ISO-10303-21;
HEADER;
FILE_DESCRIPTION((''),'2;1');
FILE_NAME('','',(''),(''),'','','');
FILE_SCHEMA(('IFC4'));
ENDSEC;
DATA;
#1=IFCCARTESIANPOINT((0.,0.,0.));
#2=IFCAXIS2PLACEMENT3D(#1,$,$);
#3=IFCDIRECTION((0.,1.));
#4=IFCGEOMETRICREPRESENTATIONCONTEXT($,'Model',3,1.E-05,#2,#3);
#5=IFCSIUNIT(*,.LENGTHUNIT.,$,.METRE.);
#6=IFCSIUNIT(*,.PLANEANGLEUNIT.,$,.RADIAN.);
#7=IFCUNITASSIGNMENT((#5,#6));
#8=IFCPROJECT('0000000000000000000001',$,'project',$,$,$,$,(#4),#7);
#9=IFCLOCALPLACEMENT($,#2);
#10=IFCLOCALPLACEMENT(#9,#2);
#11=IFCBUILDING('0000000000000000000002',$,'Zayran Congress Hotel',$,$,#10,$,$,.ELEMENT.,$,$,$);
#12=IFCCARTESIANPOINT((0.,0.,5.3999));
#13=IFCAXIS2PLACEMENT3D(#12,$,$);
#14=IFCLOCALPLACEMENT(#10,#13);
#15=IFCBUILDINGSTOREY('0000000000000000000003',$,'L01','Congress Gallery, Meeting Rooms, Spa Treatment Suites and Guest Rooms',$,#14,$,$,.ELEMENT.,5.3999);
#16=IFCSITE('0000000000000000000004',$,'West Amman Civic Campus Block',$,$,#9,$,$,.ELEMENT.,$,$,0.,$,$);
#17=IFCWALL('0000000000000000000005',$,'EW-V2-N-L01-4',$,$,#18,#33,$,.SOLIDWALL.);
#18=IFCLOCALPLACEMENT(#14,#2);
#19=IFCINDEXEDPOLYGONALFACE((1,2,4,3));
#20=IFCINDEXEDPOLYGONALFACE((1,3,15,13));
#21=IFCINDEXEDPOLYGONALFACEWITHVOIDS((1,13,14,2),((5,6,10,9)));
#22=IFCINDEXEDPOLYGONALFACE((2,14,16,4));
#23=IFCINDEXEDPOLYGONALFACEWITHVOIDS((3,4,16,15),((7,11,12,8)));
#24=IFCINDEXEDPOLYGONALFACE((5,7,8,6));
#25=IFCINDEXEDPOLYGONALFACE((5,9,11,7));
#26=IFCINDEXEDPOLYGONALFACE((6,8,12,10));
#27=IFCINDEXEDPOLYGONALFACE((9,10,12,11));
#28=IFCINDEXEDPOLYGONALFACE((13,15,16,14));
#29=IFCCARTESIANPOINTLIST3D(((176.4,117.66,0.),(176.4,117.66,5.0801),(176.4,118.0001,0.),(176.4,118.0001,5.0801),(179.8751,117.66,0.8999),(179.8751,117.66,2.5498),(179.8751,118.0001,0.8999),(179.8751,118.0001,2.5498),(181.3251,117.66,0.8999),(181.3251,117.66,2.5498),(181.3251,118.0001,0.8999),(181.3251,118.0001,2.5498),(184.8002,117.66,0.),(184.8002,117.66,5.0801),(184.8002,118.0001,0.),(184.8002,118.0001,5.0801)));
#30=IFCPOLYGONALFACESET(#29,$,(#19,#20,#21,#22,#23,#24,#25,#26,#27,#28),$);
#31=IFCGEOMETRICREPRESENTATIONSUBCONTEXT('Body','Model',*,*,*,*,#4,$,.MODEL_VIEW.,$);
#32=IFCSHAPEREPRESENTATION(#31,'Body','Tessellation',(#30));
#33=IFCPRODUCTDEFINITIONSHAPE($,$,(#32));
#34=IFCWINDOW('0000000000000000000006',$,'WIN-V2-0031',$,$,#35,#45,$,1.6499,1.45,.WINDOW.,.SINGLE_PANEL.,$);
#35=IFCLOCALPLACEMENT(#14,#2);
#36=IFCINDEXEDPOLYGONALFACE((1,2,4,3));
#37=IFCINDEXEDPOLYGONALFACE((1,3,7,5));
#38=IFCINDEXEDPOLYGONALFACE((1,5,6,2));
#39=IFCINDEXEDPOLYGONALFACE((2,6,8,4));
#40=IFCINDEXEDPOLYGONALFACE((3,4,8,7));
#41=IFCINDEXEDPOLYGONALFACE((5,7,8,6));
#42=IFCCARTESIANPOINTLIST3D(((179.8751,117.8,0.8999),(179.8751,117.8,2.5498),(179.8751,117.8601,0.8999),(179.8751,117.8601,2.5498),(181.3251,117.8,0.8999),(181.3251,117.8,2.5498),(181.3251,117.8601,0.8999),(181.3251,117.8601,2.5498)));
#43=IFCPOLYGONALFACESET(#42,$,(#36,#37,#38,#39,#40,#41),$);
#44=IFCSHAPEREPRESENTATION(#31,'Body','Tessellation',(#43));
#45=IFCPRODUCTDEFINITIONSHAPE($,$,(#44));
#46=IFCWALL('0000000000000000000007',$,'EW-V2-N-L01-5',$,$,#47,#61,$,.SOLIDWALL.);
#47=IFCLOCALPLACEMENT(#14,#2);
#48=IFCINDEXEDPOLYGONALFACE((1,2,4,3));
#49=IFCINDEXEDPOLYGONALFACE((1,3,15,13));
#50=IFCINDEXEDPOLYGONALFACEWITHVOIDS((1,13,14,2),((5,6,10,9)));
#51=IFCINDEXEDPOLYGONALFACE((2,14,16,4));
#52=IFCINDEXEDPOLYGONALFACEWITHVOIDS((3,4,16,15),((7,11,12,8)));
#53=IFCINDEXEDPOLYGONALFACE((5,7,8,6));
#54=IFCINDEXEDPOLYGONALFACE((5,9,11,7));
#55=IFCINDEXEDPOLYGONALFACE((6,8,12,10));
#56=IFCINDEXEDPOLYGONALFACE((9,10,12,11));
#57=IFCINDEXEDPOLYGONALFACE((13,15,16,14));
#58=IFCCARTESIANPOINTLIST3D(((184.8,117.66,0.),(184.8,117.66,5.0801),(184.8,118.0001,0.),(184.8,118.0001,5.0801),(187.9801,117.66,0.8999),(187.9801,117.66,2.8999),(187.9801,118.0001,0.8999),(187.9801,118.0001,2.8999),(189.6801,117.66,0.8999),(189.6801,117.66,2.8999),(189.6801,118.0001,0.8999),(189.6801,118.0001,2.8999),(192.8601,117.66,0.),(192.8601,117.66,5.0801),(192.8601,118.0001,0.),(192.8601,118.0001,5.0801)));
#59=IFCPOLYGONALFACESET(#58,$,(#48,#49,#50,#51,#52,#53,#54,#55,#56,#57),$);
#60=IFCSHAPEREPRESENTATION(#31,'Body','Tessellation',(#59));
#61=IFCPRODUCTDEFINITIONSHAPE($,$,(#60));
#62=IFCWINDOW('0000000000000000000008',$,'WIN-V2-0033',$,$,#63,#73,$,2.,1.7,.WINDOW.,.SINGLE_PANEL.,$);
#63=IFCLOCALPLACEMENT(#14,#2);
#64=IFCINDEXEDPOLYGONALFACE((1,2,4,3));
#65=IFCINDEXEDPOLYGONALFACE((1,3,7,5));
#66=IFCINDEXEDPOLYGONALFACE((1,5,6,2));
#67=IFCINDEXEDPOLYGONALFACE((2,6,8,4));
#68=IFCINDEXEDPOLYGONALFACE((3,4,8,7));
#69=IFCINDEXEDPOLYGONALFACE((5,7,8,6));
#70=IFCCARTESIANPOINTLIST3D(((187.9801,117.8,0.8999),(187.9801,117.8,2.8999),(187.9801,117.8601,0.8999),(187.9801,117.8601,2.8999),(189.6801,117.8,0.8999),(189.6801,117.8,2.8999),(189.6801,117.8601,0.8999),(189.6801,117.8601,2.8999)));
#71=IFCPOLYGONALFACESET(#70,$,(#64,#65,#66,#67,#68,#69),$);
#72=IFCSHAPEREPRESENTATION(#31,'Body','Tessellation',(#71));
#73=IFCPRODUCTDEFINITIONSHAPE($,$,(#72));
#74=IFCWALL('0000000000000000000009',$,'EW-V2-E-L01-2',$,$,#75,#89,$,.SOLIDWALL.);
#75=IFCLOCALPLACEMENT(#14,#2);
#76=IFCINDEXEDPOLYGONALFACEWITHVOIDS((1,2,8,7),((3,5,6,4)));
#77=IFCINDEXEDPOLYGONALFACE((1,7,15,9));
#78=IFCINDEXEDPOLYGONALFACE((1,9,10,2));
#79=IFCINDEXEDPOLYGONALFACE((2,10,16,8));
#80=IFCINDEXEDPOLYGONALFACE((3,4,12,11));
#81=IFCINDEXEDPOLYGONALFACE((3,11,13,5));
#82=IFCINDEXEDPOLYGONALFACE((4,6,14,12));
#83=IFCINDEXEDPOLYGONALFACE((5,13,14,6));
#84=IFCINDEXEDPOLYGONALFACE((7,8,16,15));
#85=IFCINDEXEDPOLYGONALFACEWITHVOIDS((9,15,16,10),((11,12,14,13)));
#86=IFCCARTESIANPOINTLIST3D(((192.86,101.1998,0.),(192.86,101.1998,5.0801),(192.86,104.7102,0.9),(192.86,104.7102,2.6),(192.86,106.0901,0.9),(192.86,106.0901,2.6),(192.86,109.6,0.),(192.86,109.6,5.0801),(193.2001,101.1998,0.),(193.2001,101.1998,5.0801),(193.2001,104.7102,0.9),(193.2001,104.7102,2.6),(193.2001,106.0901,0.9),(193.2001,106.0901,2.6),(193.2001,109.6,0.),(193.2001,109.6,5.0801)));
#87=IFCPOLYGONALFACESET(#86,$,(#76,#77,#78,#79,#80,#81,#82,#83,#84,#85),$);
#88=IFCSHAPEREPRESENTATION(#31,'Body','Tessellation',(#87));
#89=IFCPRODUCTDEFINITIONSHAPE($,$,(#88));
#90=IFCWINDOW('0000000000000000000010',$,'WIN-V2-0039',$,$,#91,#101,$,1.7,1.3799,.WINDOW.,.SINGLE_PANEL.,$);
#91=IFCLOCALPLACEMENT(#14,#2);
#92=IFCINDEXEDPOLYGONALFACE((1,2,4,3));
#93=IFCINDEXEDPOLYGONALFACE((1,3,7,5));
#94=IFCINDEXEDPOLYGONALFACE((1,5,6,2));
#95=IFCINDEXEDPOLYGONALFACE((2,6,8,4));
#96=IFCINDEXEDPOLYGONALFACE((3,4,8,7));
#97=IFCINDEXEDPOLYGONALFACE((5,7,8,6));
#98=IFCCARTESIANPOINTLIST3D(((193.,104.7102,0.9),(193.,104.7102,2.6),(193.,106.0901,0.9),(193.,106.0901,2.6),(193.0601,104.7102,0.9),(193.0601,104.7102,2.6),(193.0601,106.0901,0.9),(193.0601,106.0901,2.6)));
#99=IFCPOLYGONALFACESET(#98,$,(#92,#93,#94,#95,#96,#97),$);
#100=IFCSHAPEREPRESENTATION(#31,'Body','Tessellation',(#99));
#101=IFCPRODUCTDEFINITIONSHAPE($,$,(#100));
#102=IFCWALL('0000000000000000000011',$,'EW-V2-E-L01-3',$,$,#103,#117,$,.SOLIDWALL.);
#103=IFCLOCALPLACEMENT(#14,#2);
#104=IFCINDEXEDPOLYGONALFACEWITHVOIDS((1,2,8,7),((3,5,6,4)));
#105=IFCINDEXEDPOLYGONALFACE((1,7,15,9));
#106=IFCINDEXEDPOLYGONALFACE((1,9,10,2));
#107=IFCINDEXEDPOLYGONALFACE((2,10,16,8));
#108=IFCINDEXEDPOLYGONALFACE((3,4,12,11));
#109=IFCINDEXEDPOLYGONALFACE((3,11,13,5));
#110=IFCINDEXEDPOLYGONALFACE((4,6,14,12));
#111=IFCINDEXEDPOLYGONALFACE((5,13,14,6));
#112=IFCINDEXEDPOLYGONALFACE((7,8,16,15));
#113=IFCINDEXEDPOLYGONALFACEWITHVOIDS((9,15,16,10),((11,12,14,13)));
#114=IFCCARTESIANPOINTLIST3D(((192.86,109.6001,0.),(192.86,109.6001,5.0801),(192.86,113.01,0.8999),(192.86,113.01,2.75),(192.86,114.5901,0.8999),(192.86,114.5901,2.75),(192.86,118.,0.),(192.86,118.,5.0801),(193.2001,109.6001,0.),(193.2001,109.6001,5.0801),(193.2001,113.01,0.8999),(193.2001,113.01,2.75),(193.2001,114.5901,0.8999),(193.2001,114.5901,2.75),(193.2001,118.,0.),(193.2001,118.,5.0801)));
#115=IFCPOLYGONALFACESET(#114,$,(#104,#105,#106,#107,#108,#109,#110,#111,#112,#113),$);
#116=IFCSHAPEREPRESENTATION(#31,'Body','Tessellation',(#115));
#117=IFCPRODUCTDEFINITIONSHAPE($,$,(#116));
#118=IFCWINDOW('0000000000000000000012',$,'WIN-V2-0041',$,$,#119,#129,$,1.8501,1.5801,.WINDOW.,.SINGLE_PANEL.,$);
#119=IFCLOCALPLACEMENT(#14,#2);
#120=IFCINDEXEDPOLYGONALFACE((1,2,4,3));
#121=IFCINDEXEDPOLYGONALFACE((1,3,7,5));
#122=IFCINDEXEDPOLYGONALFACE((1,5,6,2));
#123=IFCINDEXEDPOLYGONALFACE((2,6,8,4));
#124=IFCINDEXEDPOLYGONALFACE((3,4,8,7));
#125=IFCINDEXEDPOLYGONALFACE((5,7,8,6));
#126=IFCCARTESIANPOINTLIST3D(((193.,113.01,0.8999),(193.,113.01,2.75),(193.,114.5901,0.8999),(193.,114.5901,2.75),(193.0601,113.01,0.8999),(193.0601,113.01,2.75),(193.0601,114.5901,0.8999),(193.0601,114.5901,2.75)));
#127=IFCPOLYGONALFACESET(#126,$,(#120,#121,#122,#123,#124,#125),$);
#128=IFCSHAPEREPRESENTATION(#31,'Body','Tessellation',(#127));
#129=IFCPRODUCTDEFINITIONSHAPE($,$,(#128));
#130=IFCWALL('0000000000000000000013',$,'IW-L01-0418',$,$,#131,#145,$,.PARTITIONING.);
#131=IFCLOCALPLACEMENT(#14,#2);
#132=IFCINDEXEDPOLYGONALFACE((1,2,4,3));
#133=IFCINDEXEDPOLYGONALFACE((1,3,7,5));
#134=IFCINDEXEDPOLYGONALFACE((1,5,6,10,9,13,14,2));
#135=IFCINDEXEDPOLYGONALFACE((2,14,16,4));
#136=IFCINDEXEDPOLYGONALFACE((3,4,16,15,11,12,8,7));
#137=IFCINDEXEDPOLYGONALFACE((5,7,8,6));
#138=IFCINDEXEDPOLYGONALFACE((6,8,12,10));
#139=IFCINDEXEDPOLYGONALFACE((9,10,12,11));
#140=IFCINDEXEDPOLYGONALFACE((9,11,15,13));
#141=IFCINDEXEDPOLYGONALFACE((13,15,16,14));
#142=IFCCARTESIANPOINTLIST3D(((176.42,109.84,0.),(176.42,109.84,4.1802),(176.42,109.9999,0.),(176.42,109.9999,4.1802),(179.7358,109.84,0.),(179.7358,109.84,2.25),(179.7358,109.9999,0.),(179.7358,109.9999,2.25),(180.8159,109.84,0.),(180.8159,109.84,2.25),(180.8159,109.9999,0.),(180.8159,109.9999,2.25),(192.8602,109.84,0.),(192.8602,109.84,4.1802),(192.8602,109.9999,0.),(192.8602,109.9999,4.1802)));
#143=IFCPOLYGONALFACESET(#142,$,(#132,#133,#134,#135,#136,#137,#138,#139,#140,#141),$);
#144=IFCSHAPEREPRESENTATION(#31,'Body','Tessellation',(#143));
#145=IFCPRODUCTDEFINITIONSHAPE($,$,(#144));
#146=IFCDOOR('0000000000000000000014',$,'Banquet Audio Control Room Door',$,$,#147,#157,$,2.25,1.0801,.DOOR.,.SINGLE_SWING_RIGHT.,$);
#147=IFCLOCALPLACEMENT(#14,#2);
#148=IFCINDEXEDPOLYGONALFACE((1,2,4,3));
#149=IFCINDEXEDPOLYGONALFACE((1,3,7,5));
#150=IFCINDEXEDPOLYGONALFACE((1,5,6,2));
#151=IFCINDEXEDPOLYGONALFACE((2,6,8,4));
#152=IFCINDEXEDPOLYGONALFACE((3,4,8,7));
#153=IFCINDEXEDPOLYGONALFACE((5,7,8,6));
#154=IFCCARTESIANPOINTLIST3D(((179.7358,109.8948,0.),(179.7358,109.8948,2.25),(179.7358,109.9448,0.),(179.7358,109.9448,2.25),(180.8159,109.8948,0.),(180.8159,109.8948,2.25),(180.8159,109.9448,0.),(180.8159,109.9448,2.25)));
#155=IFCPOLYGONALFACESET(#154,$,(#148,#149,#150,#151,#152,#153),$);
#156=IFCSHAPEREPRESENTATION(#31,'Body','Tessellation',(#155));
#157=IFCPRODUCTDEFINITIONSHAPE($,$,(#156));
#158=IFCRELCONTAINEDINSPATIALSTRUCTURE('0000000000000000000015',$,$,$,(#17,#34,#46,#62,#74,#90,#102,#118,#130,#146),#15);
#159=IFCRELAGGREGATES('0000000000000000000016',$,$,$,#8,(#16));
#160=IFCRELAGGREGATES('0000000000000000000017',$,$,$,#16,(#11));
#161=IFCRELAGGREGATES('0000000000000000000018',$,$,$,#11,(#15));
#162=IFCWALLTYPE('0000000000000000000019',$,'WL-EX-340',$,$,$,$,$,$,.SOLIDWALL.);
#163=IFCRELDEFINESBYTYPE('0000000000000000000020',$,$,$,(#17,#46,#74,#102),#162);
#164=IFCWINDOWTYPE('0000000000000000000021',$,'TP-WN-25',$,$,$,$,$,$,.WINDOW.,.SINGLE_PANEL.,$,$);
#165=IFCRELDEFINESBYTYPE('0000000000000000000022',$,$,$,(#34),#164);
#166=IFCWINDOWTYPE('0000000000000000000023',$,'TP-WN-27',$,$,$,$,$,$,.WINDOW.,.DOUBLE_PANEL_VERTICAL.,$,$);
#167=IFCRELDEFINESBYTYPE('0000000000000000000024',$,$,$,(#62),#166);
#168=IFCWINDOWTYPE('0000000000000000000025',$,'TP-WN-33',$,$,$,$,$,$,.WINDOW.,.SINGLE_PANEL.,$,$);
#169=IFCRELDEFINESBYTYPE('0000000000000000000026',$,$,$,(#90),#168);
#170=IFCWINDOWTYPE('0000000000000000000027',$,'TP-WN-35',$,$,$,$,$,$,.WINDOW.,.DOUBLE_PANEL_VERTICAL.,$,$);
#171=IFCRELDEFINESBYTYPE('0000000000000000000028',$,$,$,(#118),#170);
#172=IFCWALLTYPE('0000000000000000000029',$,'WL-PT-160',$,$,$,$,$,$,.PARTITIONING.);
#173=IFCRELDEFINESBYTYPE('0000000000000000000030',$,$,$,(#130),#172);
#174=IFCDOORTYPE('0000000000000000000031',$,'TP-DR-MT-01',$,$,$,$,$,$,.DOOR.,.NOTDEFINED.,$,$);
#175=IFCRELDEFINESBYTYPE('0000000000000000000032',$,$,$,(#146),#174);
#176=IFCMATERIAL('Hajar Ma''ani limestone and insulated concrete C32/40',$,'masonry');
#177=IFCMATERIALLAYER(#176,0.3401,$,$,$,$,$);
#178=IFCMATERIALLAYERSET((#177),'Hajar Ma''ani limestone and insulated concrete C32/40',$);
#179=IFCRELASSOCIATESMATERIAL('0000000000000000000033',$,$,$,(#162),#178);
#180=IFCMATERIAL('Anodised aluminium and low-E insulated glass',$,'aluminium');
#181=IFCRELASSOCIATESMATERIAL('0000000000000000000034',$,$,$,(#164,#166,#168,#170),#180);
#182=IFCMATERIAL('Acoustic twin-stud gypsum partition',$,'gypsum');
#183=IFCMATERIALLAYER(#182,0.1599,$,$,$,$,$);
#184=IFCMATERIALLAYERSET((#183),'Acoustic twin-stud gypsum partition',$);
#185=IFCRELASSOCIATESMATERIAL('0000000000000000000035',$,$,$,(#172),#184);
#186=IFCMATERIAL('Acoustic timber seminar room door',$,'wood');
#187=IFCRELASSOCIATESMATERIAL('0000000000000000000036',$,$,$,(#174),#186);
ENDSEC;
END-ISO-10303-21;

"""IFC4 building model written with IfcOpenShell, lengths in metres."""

from ifc_helpers import new_model, si_unit, direction, frame, frame_2d, origin, place, context, subcontext, project, spatial, rectangle, extrude, material, layer, layer_set, type_object, element, fill, save


model = new_model("IFC4")

# Units and contexts
model_context = context("Model", 3, precision=1e-05, world=origin(), true_north=direction((0.0, 1.0)))
body_context = subcontext(model_context, "Body", "Model", "MODEL_VIEW")
ifc_project = project(units=[si_unit("LENGTHUNIT", "METRE"), si_unit("PLANEANGLEUNIT", "RADIAN")], contexts=[model_context])

# Site, building, storey
site_placement = place(None, origin())
site = spatial("IfcSite", under=ifc_project, at=site_placement, Name="West Amman Civic Campus Block", CompositionType="ELEMENT", RefElevation=0.0)
building_placement = place(site_placement, origin())
building = spatial("IfcBuilding", under=site, at=building_placement, Name="Zayran Congress Hotel", CompositionType="ELEMENT")
storey_placement = place(building_placement, frame((0.0, 0.0, 5.3999)))
storey = spatial("IfcBuildingStorey", under=building, at=storey_placement, Name="L01", Description="Congress Gallery, Meeting Rooms, Spa Treatment Suites and Guest Rooms", CompositionType="ELEMENT", Elevation=5.3999)

# Walls, openings, windows
ifc_material_1 = material(Name="Hajar Ma'ani limestone and insulated concrete C32/40", Category="masonry")
ifc_layer_1 = layer(ifc_material_1, 0.3401)
ifc_layer_set_1 = layer_set([ifc_layer_1], Name="Hajar Ma'ani limestone and insulated concrete C32/40")
wall_type_1 = type_object("IfcWallType", Name="WL-EX-340", PredefinedType="SOLIDWALL", material=ifc_layer_set_1)
wall_1_placement = place(storey_placement, frame((176.3999, 117.8301, 0.0), z_axis=(0.0, 0.0, 1.0), x_axis=(1.0, 0.0, 0.0)))
wall_1 = element("IfcWall", 1, at=wall_1_placement, inside=storey, type_object=wall_type_1, Name="EW-V2-N-L01-4", PredefinedType="SOLIDWALL", context=body_context, shape_type="SweptSolid", body=[
    extrude(rectangle(XDim=8.4001, YDim=0.3401, at=frame_2d((4.2002, 0.0))), origin(), (0.0, 0.0, 1.0), 5.0801),
])
opening_1_placement = place(wall_1_placement, frame((3.4751, 0.0, 0.8999)))
opening_1 = element("IfcOpeningElement", 2, at=opening_1_placement, cuts=wall_1, PredefinedType="OPENING", context=body_context, shape_type="SweptSolid", body=[
    extrude(rectangle(XDim=1.45, YDim=1.6499, at=frame_2d((0.7251, 0.825))), frame((0.0, 0.1799, 0.0), z_axis=(0.0, -1.0, 0.0), x_axis=(1.0, 0.0, 0.0)), (0.0, 0.0, 1.0), 0.3601),
])
ifc_material_2 = material(Name="Anodised aluminium and low-E insulated glass", Category="aluminium")
window_type_1 = type_object("IfcWindowType", Name="TP-WN-25", PartitioningType="SINGLE_PANEL", PredefinedType="WINDOW", material=ifc_material_2)
window_1_placement = place(opening_1_placement, origin())
window_1 = element("IfcWindow", 3, at=window_1_placement, inside=storey, type_object=window_type_1, Name="WIN-V2-0031", OverallHeight=1.6499, OverallWidth=1.45, PartitioningType="SINGLE_PANEL", PredefinedType="WINDOW", context=body_context, shape_type="SweptSolid", body=[
    extrude(rectangle(XDim=1.45, YDim=1.6499, at=frame_2d((0.7251, 0.825))), frame((0.0, 0.03, 0.0), z_axis=(0.0, -1.0, 0.0), x_axis=(1.0, 0.0, 0.0)), (0.0, 0.0, 1.0), 0.0601),
])
fill(opening_1, window_1)
wall_2_placement = place(storey_placement, frame((184.8, 117.8301, 0.0), z_axis=(0.0, 0.0, 1.0), x_axis=(1.0, 0.0, 0.0)))
wall_2 = element("IfcWall", 4, at=wall_2_placement, inside=storey, type_object=wall_type_1, Name="EW-V2-N-L01-5", PredefinedType="SOLIDWALL", context=body_context, shape_type="SweptSolid", body=[
    extrude(rectangle(XDim=8.0601, YDim=0.3401, at=frame_2d((4.03, 0.0))), origin(), (0.0, 0.0, 1.0), 5.0801),
])
opening_2_placement = place(wall_2_placement, frame((3.1799, 0.0, 0.8999)))
opening_2 = element("IfcOpeningElement", 5, at=opening_2_placement, cuts=wall_2, PredefinedType="OPENING", context=body_context, shape_type="SweptSolid", body=[
    extrude(rectangle(XDim=1.7, YDim=2.0, at=frame_2d((0.8501, 1.0))), frame((0.0, 0.1799, 0.0), z_axis=(0.0, -1.0, 0.0), x_axis=(1.0, 0.0, 0.0)), (0.0, 0.0, 1.0), 0.3601),
])
window_type_2 = type_object("IfcWindowType", Name="TP-WN-27", PartitioningType="DOUBLE_PANEL_VERTICAL", PredefinedType="WINDOW", material=ifc_material_2)
window_2_placement = place(opening_2_placement, origin())
window_2 = element("IfcWindow", 6, at=window_2_placement, inside=storey, type_object=window_type_2, Name="WIN-V2-0033", OverallHeight=2.0, OverallWidth=1.7, PartitioningType="SINGLE_PANEL", PredefinedType="WINDOW", context=body_context, shape_type="SweptSolid", body=[
    extrude(rectangle(XDim=1.7, YDim=2.0, at=frame_2d((0.8501, 1.0))), frame((0.0, 0.03, 0.0), z_axis=(0.0, -1.0, 0.0), x_axis=(1.0, 0.0, 0.0)), (0.0, 0.0, 1.0), 0.0601),
])
fill(opening_2, window_2)
wall_3_placement = place(storey_placement, frame((193.03, 109.6001, 0.0), z_axis=(0.0, 0.0, 1.0), x_axis=(0.0, -1.0, 0.0)))
wall_3 = element("IfcWall", 7, at=wall_3_placement, inside=storey, type_object=wall_type_1, Name="EW-V2-E-L01-2", PredefinedType="SOLIDWALL", context=body_context, shape_type="SweptSolid", body=[
    extrude(rectangle(XDim=8.4001, YDim=0.3401, at=frame_2d((4.2002, 0.0))), origin(), (0.0, 0.0, 1.0), 5.0801),
])
opening_3_placement = place(wall_3_placement, frame((3.51, 0.0, 0.8999)))
opening_3 = element("IfcOpeningElement", 8, at=opening_3_placement, cuts=wall_3, PredefinedType="OPENING", context=body_context, shape_type="SweptSolid", body=[
    extrude(rectangle(XDim=1.3799, YDim=1.7, at=frame_2d((0.6899, 0.8501))), frame((0.0, 0.1799, 0.0), z_axis=(0.0, -1.0, 0.0), x_axis=(1.0, 0.0, 0.0)), (0.0, 0.0, 1.0), 0.3601),
])
window_type_3 = type_object("IfcWindowType", Name="TP-WN-33", PartitioningType="SINGLE_PANEL", PredefinedType="WINDOW", material=ifc_material_2)
window_3_placement = place(opening_3_placement, origin())
window_3 = element("IfcWindow", 9, at=window_3_placement, inside=storey, type_object=window_type_3, Name="WIN-V2-0039", OverallHeight=1.7, OverallWidth=1.3799, PartitioningType="SINGLE_PANEL", PredefinedType="WINDOW", context=body_context, shape_type="SweptSolid", body=[
    extrude(rectangle(XDim=1.3799, YDim=1.7, at=frame_2d((0.6899, 0.8501))), frame((0.0, 0.03, 0.0), z_axis=(0.0, -1.0, 0.0), x_axis=(1.0, 0.0, 0.0)), (0.0, 0.0, 1.0), 0.0601),
])
fill(opening_3, window_3)
wall_4_placement = place(storey_placement, frame((193.03, 118.0, 0.0), z_axis=(0.0, 0.0, 1.0), x_axis=(0.0, -1.0, 0.0)))
wall_4 = element("IfcWall", 10, at=wall_4_placement, inside=storey, type_object=wall_type_1, Name="EW-V2-E-L01-3", PredefinedType="SOLIDWALL", context=body_context, shape_type="SweptSolid", body=[
    extrude(rectangle(XDim=8.3999, YDim=0.3401, at=frame_2d((4.2, 0.0))), origin(), (0.0, 0.0, 1.0), 5.0801),
])
opening_4_placement = place(wall_4_placement, frame((3.4099, 0.0, 0.8999)))
opening_4 = element("IfcOpeningElement", 11, at=opening_4_placement, cuts=wall_4, PredefinedType="OPENING", context=body_context, shape_type="SweptSolid", body=[
    extrude(rectangle(XDim=1.5801, YDim=1.8501, at=frame_2d((0.79, 0.925))), frame((0.0, 0.1799, 0.0), z_axis=(0.0, -1.0, 0.0), x_axis=(1.0, 0.0, 0.0)), (0.0, 0.0, 1.0), 0.3601),
])
window_type_4 = type_object("IfcWindowType", Name="TP-WN-35", PartitioningType="DOUBLE_PANEL_VERTICAL", PredefinedType="WINDOW", material=ifc_material_2)
window_4_placement = place(opening_4_placement, origin())
window_4 = element("IfcWindow", 12, at=window_4_placement, inside=storey, type_object=window_type_4, Name="WIN-V2-0041", OverallHeight=1.8501, OverallWidth=1.5801, PartitioningType="SINGLE_PANEL", PredefinedType="WINDOW", context=body_context, shape_type="SweptSolid", body=[
    extrude(rectangle(XDim=1.5801, YDim=1.8501, at=frame_2d((0.79, 0.925))), frame((0.0, 0.03, 0.0), z_axis=(0.0, -1.0, 0.0), x_axis=(1.0, 0.0, 0.0)), (0.0, 0.0, 1.0), 0.0601),
])
fill(opening_4, window_4)

# Wall, opening, door
ifc_material_3 = material(Name="Acoustic twin-stud gypsum partition", Category="gypsum")
ifc_layer_2 = layer(ifc_material_3, 0.1599)
ifc_layer_set_2 = layer_set([ifc_layer_2], Name="Acoustic twin-stud gypsum partition")
wall_type_2 = type_object("IfcWallType", Name="WL-PT-160", PredefinedType="PARTITIONING", material=ifc_layer_set_2)
wall_5_placement = place(storey_placement, frame((176.4199, 109.9199, 0.0), z_axis=(0.0, 0.0, 1.0), x_axis=(1.0, 0.0, 0.0)))
wall_5 = element("IfcWall", 13, at=wall_5_placement, inside=storey, type_object=wall_type_2, Name="IW-L01-0418", PredefinedType="PARTITIONING", context=body_context, shape_type="SweptSolid", body=[
    extrude(rectangle(XDim=16.4402, YDim=0.1599, at=frame_2d((8.2202, 0.0))), origin(), (0.0, 0.0, 1.0), 4.1802),
])
opening_5_placement = place(wall_5_placement, frame((3.3159, 0.0, 0.0)))
opening_5 = element("IfcOpeningElement", 14, at=opening_5_placement, cuts=wall_5, PredefinedType="OPENING", context=body_context, shape_type="SweptSolid", body=[
    extrude(rectangle(XDim=1.0801, YDim=2.25, at=frame_2d((0.54, 1.125))), frame((0.0, 0.0898, 0.0), z_axis=(0.0, -1.0, 0.0), x_axis=(1.0, 0.0, 0.0)), (0.0, 0.0, 1.0), 0.1799),
])
ifc_material_4 = material(Name="Acoustic timber seminar room door", Category="wood")
door_type = type_object("IfcDoorType", Name="TP-DR-MT-01", OperationType="NOTDEFINED", PredefinedType="DOOR", material=ifc_material_4)
door_placement = place(opening_5_placement, origin())
door = element("IfcDoor", 15, at=door_placement, inside=storey, type_object=door_type, Name="Banquet Audio Control Room Door", OperationType="SINGLE_SWING_RIGHT", OverallHeight=2.25, OverallWidth=1.0801, PredefinedType="DOOR", context=body_context, shape_type="SweptSolid", body=[
    extrude(rectangle(XDim=1.0801, YDim=2.25, at=frame_2d((0.54, 1.125))), frame((0.0, 0.0249, 0.0), z_axis=(0.0, -1.0, 0.0), x_axis=(1.0, 0.0, 0.0)), (0.0, 0.0, 1.0), 0.05),
])
fill(opening_5, door)

save(model, "model.ifc")
